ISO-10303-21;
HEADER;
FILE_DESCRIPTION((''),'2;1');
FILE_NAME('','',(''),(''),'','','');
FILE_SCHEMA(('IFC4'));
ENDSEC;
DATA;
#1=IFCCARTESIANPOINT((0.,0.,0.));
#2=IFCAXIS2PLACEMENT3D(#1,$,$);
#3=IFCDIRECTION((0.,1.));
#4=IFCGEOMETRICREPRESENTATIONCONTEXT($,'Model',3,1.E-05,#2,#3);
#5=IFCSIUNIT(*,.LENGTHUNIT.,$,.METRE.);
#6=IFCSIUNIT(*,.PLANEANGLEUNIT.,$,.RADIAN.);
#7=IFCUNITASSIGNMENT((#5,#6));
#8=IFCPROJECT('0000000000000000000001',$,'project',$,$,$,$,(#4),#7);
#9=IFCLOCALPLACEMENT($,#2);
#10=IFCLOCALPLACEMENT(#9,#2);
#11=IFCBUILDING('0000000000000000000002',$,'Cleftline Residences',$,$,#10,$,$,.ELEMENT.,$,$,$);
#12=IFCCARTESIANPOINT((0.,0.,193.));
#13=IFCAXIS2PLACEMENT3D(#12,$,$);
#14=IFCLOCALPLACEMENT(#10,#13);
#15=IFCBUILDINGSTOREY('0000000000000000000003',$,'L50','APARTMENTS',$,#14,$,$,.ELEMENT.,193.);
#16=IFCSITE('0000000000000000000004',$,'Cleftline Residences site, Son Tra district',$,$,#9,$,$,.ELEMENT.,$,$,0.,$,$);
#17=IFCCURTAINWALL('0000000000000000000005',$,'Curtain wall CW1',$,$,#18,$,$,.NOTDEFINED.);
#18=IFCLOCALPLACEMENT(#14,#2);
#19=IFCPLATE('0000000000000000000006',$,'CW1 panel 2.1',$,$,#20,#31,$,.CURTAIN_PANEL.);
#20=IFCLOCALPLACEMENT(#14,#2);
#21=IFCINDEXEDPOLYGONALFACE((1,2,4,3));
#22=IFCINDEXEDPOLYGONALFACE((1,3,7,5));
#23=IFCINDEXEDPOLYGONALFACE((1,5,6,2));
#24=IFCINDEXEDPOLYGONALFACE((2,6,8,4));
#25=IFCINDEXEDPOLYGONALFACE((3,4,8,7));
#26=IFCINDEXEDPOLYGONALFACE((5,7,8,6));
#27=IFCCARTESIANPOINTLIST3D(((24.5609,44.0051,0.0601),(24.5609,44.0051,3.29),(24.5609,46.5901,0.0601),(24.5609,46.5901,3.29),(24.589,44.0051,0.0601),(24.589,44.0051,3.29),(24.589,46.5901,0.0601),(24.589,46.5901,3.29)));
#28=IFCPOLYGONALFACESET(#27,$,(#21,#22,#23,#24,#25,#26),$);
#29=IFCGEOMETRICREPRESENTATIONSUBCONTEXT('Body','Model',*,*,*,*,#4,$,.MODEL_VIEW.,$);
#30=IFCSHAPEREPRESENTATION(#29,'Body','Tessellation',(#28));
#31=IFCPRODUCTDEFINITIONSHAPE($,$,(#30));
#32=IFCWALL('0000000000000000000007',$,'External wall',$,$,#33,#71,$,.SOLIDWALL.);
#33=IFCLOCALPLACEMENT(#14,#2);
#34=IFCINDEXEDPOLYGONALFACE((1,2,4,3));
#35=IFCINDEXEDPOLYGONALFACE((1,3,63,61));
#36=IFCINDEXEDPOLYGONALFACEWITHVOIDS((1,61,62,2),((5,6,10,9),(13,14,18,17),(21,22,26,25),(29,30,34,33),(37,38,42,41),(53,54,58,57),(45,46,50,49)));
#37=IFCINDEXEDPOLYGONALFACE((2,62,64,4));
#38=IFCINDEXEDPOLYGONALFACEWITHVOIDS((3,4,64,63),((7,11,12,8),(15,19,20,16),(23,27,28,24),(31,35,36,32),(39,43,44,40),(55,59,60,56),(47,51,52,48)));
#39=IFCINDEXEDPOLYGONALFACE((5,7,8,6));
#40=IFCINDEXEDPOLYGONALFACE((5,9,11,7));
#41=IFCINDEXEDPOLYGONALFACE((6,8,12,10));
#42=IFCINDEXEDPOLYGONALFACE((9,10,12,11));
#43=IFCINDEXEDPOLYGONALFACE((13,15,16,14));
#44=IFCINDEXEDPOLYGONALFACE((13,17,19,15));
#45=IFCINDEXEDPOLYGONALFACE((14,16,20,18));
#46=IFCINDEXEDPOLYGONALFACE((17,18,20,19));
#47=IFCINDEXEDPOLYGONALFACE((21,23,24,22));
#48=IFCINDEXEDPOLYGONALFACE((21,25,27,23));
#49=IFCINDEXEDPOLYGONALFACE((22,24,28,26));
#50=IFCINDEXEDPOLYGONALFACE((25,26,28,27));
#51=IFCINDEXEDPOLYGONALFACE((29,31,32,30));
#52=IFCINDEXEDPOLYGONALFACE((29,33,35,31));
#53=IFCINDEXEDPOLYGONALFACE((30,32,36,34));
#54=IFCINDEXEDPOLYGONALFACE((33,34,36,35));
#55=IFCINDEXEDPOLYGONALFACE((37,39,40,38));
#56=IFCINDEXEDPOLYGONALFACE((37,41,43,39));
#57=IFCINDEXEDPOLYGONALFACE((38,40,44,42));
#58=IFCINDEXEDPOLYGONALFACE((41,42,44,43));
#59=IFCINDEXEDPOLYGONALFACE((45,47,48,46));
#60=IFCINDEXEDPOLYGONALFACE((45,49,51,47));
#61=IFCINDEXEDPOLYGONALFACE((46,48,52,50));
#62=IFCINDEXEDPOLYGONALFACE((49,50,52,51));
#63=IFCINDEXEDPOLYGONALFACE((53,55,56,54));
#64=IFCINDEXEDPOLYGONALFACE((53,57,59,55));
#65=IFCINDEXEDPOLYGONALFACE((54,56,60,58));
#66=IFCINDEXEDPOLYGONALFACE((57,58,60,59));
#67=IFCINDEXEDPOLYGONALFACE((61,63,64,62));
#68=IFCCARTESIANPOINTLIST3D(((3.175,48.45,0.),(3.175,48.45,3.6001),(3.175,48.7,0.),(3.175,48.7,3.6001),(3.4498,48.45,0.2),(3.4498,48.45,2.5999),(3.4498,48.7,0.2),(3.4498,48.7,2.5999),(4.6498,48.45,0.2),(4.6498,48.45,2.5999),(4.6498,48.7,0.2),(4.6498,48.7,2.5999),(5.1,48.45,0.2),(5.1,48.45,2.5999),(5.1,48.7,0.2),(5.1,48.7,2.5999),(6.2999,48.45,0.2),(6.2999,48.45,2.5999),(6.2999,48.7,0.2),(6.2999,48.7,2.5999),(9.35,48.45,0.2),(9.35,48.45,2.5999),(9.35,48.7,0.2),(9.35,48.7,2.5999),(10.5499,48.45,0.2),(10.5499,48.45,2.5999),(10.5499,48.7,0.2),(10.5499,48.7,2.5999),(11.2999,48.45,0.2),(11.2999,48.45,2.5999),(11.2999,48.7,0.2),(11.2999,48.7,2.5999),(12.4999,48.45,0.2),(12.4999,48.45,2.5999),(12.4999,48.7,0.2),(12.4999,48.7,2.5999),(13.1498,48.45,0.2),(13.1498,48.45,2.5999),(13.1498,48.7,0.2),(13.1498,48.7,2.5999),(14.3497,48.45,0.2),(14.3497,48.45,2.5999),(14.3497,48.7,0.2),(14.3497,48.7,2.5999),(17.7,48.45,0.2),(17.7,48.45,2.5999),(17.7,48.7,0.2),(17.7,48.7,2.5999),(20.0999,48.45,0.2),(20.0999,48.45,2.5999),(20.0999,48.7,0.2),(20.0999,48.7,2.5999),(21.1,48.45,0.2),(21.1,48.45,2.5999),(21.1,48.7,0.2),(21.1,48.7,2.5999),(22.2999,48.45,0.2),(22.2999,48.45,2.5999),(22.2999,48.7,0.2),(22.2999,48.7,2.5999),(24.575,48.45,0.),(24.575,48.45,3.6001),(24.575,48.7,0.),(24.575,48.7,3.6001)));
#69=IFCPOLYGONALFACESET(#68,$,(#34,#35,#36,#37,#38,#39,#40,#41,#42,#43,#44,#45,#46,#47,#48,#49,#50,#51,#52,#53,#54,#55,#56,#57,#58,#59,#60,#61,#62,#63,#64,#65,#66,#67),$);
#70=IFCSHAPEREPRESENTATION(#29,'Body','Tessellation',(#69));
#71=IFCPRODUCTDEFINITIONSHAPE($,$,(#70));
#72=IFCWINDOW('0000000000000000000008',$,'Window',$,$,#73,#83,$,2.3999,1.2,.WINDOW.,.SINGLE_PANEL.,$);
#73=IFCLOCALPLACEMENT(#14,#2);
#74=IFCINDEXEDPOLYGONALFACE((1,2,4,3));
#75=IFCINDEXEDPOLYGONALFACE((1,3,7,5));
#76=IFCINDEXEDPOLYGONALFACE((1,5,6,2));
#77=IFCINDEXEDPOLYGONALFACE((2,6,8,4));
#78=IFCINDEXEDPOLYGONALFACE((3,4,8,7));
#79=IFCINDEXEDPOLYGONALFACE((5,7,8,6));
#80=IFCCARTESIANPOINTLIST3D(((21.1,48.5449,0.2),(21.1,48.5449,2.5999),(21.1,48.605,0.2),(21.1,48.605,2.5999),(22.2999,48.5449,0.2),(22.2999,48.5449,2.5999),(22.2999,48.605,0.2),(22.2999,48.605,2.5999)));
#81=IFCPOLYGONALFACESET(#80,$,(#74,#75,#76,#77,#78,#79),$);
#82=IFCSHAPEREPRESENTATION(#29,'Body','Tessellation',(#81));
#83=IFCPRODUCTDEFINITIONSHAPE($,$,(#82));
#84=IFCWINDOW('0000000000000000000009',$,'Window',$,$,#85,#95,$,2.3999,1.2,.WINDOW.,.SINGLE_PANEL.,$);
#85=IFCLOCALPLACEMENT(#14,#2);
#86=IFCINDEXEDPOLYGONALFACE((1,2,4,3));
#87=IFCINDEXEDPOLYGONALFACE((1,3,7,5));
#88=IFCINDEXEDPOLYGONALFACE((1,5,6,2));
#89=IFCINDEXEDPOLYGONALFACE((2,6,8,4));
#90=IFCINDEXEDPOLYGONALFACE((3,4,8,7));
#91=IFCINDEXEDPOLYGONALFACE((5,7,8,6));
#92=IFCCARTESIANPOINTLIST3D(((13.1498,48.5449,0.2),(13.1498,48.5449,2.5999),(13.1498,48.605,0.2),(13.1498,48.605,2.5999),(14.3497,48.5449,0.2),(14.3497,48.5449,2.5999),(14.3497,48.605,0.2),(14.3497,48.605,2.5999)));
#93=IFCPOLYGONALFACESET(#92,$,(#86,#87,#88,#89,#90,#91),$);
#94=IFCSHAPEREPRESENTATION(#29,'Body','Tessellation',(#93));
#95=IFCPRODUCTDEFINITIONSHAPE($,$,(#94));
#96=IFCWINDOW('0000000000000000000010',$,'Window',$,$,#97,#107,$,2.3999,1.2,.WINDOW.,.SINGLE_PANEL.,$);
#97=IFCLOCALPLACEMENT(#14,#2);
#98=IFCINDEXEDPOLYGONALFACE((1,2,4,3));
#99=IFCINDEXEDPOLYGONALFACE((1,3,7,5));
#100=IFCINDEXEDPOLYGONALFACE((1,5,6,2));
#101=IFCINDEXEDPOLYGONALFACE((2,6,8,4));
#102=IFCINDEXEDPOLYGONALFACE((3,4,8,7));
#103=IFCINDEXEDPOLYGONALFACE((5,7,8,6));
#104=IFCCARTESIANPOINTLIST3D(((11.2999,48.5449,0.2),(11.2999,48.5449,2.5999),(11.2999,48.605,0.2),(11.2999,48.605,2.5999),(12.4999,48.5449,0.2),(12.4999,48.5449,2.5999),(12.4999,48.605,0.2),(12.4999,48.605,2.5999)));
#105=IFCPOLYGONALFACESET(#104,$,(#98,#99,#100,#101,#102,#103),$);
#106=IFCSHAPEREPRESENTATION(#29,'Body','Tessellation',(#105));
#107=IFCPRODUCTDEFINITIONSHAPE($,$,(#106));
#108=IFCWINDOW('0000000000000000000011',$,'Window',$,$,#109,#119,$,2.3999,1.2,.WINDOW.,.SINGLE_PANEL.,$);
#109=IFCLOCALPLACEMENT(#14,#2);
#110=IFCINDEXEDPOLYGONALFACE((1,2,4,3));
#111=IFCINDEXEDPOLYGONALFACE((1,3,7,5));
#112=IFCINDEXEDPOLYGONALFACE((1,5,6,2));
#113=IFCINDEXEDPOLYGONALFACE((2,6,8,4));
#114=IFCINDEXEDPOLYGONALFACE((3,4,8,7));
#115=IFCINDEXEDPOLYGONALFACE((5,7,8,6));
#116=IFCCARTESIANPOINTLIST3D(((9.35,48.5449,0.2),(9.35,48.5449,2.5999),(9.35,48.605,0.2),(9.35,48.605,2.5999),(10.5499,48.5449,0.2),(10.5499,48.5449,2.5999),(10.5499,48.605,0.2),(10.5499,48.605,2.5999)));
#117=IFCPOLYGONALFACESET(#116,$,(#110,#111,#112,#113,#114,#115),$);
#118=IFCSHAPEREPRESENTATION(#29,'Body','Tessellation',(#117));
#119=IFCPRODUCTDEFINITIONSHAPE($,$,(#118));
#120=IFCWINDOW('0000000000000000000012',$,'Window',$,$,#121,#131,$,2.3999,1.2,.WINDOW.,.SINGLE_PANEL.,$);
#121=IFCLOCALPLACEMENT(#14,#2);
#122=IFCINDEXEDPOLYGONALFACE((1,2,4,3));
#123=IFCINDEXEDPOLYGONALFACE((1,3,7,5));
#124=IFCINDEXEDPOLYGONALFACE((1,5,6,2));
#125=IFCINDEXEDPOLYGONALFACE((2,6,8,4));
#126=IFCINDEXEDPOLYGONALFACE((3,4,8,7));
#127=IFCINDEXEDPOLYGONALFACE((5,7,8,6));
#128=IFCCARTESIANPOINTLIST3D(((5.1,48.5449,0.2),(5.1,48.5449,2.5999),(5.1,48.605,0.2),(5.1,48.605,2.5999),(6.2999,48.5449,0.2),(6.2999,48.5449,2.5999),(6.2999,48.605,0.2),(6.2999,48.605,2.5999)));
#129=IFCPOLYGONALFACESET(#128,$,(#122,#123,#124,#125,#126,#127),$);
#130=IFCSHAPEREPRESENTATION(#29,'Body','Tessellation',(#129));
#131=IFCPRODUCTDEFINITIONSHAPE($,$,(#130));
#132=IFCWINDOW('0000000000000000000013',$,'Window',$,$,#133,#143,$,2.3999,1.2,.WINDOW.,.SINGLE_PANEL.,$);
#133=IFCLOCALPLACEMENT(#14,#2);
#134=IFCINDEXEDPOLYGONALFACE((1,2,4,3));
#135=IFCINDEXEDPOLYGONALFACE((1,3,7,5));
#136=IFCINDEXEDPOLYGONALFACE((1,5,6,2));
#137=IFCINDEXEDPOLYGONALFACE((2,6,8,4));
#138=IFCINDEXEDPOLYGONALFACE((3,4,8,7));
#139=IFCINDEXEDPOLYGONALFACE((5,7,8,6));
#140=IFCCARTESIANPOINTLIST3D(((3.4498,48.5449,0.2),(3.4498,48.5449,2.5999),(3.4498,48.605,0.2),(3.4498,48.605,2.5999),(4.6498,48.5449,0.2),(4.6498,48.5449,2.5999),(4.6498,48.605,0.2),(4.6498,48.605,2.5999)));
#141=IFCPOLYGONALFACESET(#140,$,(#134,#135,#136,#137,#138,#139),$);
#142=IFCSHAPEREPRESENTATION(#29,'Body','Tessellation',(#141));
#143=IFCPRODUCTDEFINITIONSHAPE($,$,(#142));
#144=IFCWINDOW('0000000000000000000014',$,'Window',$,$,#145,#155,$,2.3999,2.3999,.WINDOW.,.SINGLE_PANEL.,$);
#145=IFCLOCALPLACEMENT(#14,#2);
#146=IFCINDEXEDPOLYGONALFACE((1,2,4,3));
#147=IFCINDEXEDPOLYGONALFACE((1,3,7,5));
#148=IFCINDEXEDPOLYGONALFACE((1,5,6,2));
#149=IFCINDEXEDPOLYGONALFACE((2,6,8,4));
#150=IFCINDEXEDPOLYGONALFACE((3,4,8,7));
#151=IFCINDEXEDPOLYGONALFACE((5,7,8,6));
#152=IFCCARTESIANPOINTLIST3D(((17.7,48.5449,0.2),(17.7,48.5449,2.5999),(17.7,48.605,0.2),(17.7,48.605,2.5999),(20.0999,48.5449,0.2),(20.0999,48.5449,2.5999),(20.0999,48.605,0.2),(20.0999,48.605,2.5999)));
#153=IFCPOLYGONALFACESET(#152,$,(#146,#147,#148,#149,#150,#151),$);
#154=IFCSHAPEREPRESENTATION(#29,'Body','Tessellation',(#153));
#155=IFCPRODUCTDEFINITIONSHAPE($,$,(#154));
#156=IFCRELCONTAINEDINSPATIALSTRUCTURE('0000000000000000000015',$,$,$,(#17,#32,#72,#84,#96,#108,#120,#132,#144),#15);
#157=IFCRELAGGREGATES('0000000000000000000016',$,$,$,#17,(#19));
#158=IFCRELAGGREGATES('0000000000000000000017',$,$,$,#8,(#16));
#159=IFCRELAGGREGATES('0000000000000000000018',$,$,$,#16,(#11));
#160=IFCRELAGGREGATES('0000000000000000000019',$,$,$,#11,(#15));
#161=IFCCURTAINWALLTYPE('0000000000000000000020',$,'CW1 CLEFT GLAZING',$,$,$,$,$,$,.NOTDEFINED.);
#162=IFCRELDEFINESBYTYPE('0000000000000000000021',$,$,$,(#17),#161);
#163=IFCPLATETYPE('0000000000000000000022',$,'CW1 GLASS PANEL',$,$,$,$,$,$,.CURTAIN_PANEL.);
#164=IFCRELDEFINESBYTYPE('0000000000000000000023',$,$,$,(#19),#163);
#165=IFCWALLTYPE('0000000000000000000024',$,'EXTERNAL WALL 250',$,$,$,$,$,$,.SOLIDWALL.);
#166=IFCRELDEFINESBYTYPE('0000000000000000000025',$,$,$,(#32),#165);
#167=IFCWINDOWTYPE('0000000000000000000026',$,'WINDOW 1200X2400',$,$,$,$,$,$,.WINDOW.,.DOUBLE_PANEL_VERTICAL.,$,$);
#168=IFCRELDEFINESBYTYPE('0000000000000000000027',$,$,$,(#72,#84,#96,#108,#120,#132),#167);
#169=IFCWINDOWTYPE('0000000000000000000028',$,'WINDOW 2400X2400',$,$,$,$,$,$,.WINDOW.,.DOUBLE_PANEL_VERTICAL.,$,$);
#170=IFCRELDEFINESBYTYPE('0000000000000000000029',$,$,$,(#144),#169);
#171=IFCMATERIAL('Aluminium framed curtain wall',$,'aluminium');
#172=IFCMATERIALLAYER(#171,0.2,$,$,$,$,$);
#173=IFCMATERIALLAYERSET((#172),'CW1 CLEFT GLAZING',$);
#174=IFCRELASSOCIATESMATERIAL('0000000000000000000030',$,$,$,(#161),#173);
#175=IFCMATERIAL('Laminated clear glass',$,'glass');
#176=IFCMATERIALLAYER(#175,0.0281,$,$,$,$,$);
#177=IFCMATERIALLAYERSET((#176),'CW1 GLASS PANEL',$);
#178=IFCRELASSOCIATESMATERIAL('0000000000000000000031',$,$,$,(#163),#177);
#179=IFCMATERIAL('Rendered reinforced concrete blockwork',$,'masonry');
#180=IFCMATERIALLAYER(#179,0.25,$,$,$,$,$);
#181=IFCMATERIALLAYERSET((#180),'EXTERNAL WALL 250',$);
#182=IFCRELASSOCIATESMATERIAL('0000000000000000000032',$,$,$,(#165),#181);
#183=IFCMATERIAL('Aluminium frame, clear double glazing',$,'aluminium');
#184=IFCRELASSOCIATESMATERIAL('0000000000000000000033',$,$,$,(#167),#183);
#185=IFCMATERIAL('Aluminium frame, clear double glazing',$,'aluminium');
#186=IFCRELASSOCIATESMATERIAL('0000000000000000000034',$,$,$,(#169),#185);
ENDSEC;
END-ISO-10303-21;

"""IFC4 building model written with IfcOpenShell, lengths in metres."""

from ifc_helpers import new_model, si_unit, direction, frame, frame_2d, origin, origin_2d, place, context, subcontext, project, spatial, rectangle, extrude, material, layer, layer_set, type_object, element, fill, aggregate, save


model = new_model("IFC4")

# Units and contexts
model_context = context("Model", 3, precision=1e-05, world=origin(), true_north=direction((0.0, 1.0)))
body_context = subcontext(model_context, "Body", "Model", "MODEL_VIEW")
ifc_project = project(units=[si_unit("LENGTHUNIT", "METRE"), si_unit("PLANEANGLEUNIT", "RADIAN")], contexts=[model_context])

# Site, building, storey
site_placement = place(None, origin())
site = spatial("IfcSite", under=ifc_project, at=site_placement, Name="Cleftline Residences site, Son Tra district", CompositionType="ELEMENT", RefElevation=0.0)
building_placement = place(site_placement, origin())
building = spatial("IfcBuilding", under=site, at=building_placement, Name="Cleftline Residences", CompositionType="ELEMENT")
storey_placement = place(building_placement, frame((0.0, 0.0, 193.0)))
storey = spatial("IfcBuildingStorey", under=building, at=storey_placement, Name="L50", Description="APARTMENTS", CompositionType="ELEMENT", Elevation=193.0)

# Shared definitions
ifc_material_1 = material(Name="Aluminium framed curtain wall", Category="aluminium")
ifc_layer_1 = layer(ifc_material_1, 0.2)
ifc_layer_set_1 = layer_set([ifc_layer_1], Name="CW1 CLEFT GLAZING")
curtain_wall_type = type_object("IfcCurtainWallType", Name="CW1 CLEFT GLAZING", PredefinedType="NOTDEFINED", material=ifc_layer_set_1)

# Curtain wall, plate
curtain_wall_1_placement = place(storey_placement, origin())
curtain_wall_1 = element("IfcCurtainWall", 1, at=curtain_wall_1_placement, inside=storey, type_object=curtain_wall_type, Name="Curtain wall CW1", PredefinedType="NOTDEFINED")
ifc_material_2 = material(Name="Laminated clear glass", Category="glass")
ifc_layer_2 = layer(ifc_material_2, 0.0281)
ifc_layer_set_2 = layer_set([ifc_layer_2], Name="CW1 GLASS PANEL")
plate_type = type_object("IfcPlateType", Name="CW1 GLASS PANEL", PredefinedType="CURTAIN_PANEL", material=ifc_layer_set_2)
plate_1_placement = place(storey_placement, frame((24.575, 45.2976, 0.0601), z_axis=(0.0, 0.0, 1.0), x_axis=(0.0, 1.0, 0.0)))
plate_1 = element("IfcPlate", 2, at=plate_1_placement, type_object=plate_type, Name="CW1 panel 2.1", PredefinedType="CURTAIN_PANEL", context=body_context, shape_type="SweptSolid", body=[
    extrude(rectangle(XDim=2.585, YDim=0.0281, at=origin_2d()), origin(), (0.0, 0.0, 1.0), 3.23),
])
aggregate(curtain_wall_1, [plate_1])

# Wall, openings, windows
ifc_material_3 = material(Name="Rendered reinforced concrete blockwork", Category="masonry")
ifc_layer_3 = layer(ifc_material_3, 0.25)
ifc_layer_set_3 = layer_set([ifc_layer_3], Name="EXTERNAL WALL 250")
wall_type = type_object("IfcWallType", Name="EXTERNAL WALL 250", PredefinedType="SOLIDWALL", material=ifc_layer_set_3)
wall_placement = place(storey_placement, frame((24.575, 48.575, 0.0), z_axis=(0.0, 0.0, 1.0), x_axis=(-1.0, 0.0, 0.0)))
wall = element("IfcWall", 3, at=wall_placement, inside=storey, type_object=wall_type, Name="External wall", PredefinedType="SOLIDWALL", context=body_context, shape_type="SweptSolid", body=[
    extrude(rectangle(XDim=21.3999, YDim=0.25, at=frame_2d((10.7, 0.0))), origin(), (0.0, 0.0, 1.0), 3.6001),
])
opening_1_placement = place(wall_placement, frame((2.2749, 0.0, 0.2)))
opening_1 = element("IfcOpeningElement", 4, at=opening_1_placement, cuts=wall, PredefinedType="OPENING", context=body_context, shape_type="SweptSolid", body=[
    extrude(rectangle(XDim=1.2, YDim=2.3999, at=frame_2d((0.6001, 1.2))), frame((0.0, 0.135, 0.0), z_axis=(0.0, -1.0, 0.0), x_axis=(1.0, 0.0, 0.0)), (0.0, 0.0, 1.0), 0.27),
])
opening_2_placement = place(wall_placement, frame((4.4751, 0.0, 0.2)))
opening_2 = element("IfcOpeningElement", 5, at=opening_2_placement, cuts=wall, PredefinedType="OPENING", context=body_context, shape_type="SweptSolid", body=[
    extrude(rectangle(XDim=2.3999, YDim=2.3999, at=frame_2d((1.2, 1.2))), frame((0.0, 0.135, 0.0), z_axis=(0.0, -1.0, 0.0), x_axis=(1.0, 0.0, 0.0)), (0.0, 0.0, 1.0), 0.27),
])
opening_3_placement = place(wall_placement, frame((10.2251, 0.0, 0.2)))
opening_3 = element("IfcOpeningElement", 6, at=opening_3_placement, cuts=wall, PredefinedType="OPENING", context=body_context, shape_type="SweptSolid", body=[
    extrude(rectangle(XDim=1.2, YDim=2.3999, at=frame_2d((0.6001, 1.2))), frame((0.0, 0.135, 0.0), z_axis=(0.0, -1.0, 0.0), x_axis=(1.0, 0.0, 0.0)), (0.0, 0.0, 1.0), 0.27),
])
opening_4_placement = place(wall_placement, frame((12.075, 0.0, 0.2)))
opening_4 = element("IfcOpeningElement", 7, at=opening_4_placement, cuts=wall, PredefinedType="OPENING", context=body_context, shape_type="SweptSolid", body=[
    extrude(rectangle(XDim=1.2, YDim=2.3999, at=frame_2d((0.6001, 1.2))), frame((0.0, 0.135, 0.0), z_axis=(0.0, -1.0, 0.0), x_axis=(1.0, 0.0, 0.0)), (0.0, 0.0, 1.0), 0.27),
])
opening_5_placement = place(wall_placement, frame((14.0249, 0.0, 0.2)))
opening_5 = element("IfcOpeningElement", 8, at=opening_5_placement, cuts=wall, PredefinedType="OPENING", context=body_context, shape_type="SweptSolid", body=[
    extrude(rectangle(XDim=1.2, YDim=2.3999, at=frame_2d((0.6001, 1.2))), frame((0.0, 0.135, 0.0), z_axis=(0.0, -1.0, 0.0), x_axis=(1.0, 0.0, 0.0)), (0.0, 0.0, 1.0), 0.27),
])
opening_6_placement = place(wall_placement, frame((18.2749, 0.0, 0.2)))
opening_6 = element("IfcOpeningElement", 9, at=opening_6_placement, cuts=wall, PredefinedType="OPENING", context=body_context, shape_type="SweptSolid", body=[
    extrude(rectangle(XDim=1.2, YDim=2.3999, at=frame_2d((0.6001, 1.2))), frame((0.0, 0.135, 0.0), z_axis=(0.0, -1.0, 0.0), x_axis=(1.0, 0.0, 0.0)), (0.0, 0.0, 1.0), 0.27),
])
opening_7_placement = place(wall_placement, frame((19.925, 0.0, 0.2)))
opening_7 = element("IfcOpeningElement", 10, at=opening_7_placement, cuts=wall, PredefinedType="OPENING", context=body_context, shape_type="SweptSolid", body=[
    extrude(rectangle(XDim=1.2, YDim=2.3999, at=frame_2d((0.6001, 1.2))), frame((0.0, 0.135, 0.0), z_axis=(0.0, -1.0, 0.0), x_axis=(1.0, 0.0, 0.0)), (0.0, 0.0, 1.0), 0.27),
])
ifc_material_4 = material(Name="Aluminium frame, clear double glazing", Category="aluminium")
window_type_1 = type_object("IfcWindowType", Name="WINDOW 1200X2400", PartitioningType="DOUBLE_PANEL_VERTICAL", PredefinedType="WINDOW", material=ifc_material_4)
window_1_placement = place(opening_1_placement, origin())
window_1 = element("IfcWindow", 11, at=window_1_placement, inside=storey, type_object=window_type_1, Name="Window", OverallHeight=2.3999, OverallWidth=1.2, PartitioningType="SINGLE_PANEL", PredefinedType="WINDOW", context=body_context, shape_type="SweptSolid", body=[
    extrude(rectangle(XDim=1.2, YDim=2.3999, at=frame_2d((0.6001, 1.2))), frame((0.0, 0.03, 0.0), z_axis=(0.0, -1.0, 0.0), x_axis=(1.0, 0.0, 0.0)), (0.0, 0.0, 1.0), 0.0601),
])
fill(opening_1, window_1)
window_2_placement = place(opening_3_placement, origin())
window_2 = element("IfcWindow", 12, at=window_2_placement, inside=storey, type_object=window_type_1, Name="Window", OverallHeight=2.3999, OverallWidth=1.2, PartitioningType="SINGLE_PANEL", PredefinedType="WINDOW", context=body_context, shape_type="SweptSolid", body=[
    extrude(rectangle(XDim=1.2, YDim=2.3999, at=frame_2d((0.6001, 1.2))), frame((0.0, 0.03, 0.0), z_axis=(0.0, -1.0, 0.0), x_axis=(1.0, 0.0, 0.0)), (0.0, 0.0, 1.0), 0.0601),
])
fill(opening_3, window_2)
window_3_placement = place(opening_4_placement, origin())
window_3 = element("IfcWindow", 13, at=window_3_placement, inside=storey, type_object=window_type_1, Name="Window", OverallHeight=2.3999, OverallWidth=1.2, PartitioningType="SINGLE_PANEL", PredefinedType="WINDOW", context=body_context, shape_type="SweptSolid", body=[
    extrude(rectangle(XDim=1.2, YDim=2.3999, at=frame_2d((0.6001, 1.2))), frame((0.0, 0.03, 0.0), z_axis=(0.0, -1.0, 0.0), x_axis=(1.0, 0.0, 0.0)), (0.0, 0.0, 1.0), 0.0601),
])
fill(opening_4, window_3)
window_4_placement = place(opening_5_placement, origin())
window_4 = element("IfcWindow", 14, at=window_4_placement, inside=storey, type_object=window_type_1, Name="Window", OverallHeight=2.3999, OverallWidth=1.2, PartitioningType="SINGLE_PANEL", PredefinedType="WINDOW", context=body_context, shape_type="SweptSolid", body=[
    extrude(rectangle(XDim=1.2, YDim=2.3999, at=frame_2d((0.6001, 1.2))), frame((0.0, 0.03, 0.0), z_axis=(0.0, -1.0, 0.0), x_axis=(1.0, 0.0, 0.0)), (0.0, 0.0, 1.0), 0.0601),
])
fill(opening_5, window_4)
window_5_placement = place(opening_6_placement, origin())
window_5 = element("IfcWindow", 15, at=window_5_placement, inside=storey, type_object=window_type_1, Name="Window", OverallHeight=2.3999, OverallWidth=1.2, PartitioningType="SINGLE_PANEL", PredefinedType="WINDOW", context=body_context, shape_type="SweptSolid", body=[
    extrude(rectangle(XDim=1.2, YDim=2.3999, at=frame_2d((0.6001, 1.2))), frame((0.0, 0.03, 0.0), z_axis=(0.0, -1.0, 0.0), x_axis=(1.0, 0.0, 0.0)), (0.0, 0.0, 1.0), 0.0601),
])
fill(opening_6, window_5)
window_6_placement = place(opening_7_placement, origin())
window_6 = element("IfcWindow", 16, at=window_6_placement, inside=storey, type_object=window_type_1, Name="Window", OverallHeight=2.3999, OverallWidth=1.2, PartitioningType="SINGLE_PANEL", PredefinedType="WINDOW", context=body_context, shape_type="SweptSolid", body=[
    extrude(rectangle(XDim=1.2, YDim=2.3999, at=frame_2d((0.6001, 1.2))), frame((0.0, 0.03, 0.0), z_axis=(0.0, -1.0, 0.0), x_axis=(1.0, 0.0, 0.0)), (0.0, 0.0, 1.0), 0.0601),
])
fill(opening_7, window_6)
ifc_material_5 = material(Name="Aluminium frame, clear double glazing", Category="aluminium")
window_type_2 = type_object("IfcWindowType", Name="WINDOW 2400X2400", PartitioningType="DOUBLE_PANEL_VERTICAL", PredefinedType="WINDOW", material=ifc_material_5)
window_7_placement = place(opening_2_placement, origin())
window_7 = element("IfcWindow", 17, at=window_7_placement, inside=storey, type_object=window_type_2, Name="Window", OverallHeight=2.3999, OverallWidth=2.3999, PartitioningType="SINGLE_PANEL", PredefinedType="WINDOW", context=body_context, shape_type="SweptSolid", body=[
    extrude(rectangle(XDim=2.3999, YDim=2.3999, at=frame_2d((1.2, 1.2))), frame((0.0, 0.03, 0.0), z_axis=(0.0, -1.0, 0.0), x_axis=(1.0, 0.0, 0.0)), (0.0, 0.0, 1.0), 0.0601),
])
fill(opening_2, window_7)

save(model, "model.ifc")
